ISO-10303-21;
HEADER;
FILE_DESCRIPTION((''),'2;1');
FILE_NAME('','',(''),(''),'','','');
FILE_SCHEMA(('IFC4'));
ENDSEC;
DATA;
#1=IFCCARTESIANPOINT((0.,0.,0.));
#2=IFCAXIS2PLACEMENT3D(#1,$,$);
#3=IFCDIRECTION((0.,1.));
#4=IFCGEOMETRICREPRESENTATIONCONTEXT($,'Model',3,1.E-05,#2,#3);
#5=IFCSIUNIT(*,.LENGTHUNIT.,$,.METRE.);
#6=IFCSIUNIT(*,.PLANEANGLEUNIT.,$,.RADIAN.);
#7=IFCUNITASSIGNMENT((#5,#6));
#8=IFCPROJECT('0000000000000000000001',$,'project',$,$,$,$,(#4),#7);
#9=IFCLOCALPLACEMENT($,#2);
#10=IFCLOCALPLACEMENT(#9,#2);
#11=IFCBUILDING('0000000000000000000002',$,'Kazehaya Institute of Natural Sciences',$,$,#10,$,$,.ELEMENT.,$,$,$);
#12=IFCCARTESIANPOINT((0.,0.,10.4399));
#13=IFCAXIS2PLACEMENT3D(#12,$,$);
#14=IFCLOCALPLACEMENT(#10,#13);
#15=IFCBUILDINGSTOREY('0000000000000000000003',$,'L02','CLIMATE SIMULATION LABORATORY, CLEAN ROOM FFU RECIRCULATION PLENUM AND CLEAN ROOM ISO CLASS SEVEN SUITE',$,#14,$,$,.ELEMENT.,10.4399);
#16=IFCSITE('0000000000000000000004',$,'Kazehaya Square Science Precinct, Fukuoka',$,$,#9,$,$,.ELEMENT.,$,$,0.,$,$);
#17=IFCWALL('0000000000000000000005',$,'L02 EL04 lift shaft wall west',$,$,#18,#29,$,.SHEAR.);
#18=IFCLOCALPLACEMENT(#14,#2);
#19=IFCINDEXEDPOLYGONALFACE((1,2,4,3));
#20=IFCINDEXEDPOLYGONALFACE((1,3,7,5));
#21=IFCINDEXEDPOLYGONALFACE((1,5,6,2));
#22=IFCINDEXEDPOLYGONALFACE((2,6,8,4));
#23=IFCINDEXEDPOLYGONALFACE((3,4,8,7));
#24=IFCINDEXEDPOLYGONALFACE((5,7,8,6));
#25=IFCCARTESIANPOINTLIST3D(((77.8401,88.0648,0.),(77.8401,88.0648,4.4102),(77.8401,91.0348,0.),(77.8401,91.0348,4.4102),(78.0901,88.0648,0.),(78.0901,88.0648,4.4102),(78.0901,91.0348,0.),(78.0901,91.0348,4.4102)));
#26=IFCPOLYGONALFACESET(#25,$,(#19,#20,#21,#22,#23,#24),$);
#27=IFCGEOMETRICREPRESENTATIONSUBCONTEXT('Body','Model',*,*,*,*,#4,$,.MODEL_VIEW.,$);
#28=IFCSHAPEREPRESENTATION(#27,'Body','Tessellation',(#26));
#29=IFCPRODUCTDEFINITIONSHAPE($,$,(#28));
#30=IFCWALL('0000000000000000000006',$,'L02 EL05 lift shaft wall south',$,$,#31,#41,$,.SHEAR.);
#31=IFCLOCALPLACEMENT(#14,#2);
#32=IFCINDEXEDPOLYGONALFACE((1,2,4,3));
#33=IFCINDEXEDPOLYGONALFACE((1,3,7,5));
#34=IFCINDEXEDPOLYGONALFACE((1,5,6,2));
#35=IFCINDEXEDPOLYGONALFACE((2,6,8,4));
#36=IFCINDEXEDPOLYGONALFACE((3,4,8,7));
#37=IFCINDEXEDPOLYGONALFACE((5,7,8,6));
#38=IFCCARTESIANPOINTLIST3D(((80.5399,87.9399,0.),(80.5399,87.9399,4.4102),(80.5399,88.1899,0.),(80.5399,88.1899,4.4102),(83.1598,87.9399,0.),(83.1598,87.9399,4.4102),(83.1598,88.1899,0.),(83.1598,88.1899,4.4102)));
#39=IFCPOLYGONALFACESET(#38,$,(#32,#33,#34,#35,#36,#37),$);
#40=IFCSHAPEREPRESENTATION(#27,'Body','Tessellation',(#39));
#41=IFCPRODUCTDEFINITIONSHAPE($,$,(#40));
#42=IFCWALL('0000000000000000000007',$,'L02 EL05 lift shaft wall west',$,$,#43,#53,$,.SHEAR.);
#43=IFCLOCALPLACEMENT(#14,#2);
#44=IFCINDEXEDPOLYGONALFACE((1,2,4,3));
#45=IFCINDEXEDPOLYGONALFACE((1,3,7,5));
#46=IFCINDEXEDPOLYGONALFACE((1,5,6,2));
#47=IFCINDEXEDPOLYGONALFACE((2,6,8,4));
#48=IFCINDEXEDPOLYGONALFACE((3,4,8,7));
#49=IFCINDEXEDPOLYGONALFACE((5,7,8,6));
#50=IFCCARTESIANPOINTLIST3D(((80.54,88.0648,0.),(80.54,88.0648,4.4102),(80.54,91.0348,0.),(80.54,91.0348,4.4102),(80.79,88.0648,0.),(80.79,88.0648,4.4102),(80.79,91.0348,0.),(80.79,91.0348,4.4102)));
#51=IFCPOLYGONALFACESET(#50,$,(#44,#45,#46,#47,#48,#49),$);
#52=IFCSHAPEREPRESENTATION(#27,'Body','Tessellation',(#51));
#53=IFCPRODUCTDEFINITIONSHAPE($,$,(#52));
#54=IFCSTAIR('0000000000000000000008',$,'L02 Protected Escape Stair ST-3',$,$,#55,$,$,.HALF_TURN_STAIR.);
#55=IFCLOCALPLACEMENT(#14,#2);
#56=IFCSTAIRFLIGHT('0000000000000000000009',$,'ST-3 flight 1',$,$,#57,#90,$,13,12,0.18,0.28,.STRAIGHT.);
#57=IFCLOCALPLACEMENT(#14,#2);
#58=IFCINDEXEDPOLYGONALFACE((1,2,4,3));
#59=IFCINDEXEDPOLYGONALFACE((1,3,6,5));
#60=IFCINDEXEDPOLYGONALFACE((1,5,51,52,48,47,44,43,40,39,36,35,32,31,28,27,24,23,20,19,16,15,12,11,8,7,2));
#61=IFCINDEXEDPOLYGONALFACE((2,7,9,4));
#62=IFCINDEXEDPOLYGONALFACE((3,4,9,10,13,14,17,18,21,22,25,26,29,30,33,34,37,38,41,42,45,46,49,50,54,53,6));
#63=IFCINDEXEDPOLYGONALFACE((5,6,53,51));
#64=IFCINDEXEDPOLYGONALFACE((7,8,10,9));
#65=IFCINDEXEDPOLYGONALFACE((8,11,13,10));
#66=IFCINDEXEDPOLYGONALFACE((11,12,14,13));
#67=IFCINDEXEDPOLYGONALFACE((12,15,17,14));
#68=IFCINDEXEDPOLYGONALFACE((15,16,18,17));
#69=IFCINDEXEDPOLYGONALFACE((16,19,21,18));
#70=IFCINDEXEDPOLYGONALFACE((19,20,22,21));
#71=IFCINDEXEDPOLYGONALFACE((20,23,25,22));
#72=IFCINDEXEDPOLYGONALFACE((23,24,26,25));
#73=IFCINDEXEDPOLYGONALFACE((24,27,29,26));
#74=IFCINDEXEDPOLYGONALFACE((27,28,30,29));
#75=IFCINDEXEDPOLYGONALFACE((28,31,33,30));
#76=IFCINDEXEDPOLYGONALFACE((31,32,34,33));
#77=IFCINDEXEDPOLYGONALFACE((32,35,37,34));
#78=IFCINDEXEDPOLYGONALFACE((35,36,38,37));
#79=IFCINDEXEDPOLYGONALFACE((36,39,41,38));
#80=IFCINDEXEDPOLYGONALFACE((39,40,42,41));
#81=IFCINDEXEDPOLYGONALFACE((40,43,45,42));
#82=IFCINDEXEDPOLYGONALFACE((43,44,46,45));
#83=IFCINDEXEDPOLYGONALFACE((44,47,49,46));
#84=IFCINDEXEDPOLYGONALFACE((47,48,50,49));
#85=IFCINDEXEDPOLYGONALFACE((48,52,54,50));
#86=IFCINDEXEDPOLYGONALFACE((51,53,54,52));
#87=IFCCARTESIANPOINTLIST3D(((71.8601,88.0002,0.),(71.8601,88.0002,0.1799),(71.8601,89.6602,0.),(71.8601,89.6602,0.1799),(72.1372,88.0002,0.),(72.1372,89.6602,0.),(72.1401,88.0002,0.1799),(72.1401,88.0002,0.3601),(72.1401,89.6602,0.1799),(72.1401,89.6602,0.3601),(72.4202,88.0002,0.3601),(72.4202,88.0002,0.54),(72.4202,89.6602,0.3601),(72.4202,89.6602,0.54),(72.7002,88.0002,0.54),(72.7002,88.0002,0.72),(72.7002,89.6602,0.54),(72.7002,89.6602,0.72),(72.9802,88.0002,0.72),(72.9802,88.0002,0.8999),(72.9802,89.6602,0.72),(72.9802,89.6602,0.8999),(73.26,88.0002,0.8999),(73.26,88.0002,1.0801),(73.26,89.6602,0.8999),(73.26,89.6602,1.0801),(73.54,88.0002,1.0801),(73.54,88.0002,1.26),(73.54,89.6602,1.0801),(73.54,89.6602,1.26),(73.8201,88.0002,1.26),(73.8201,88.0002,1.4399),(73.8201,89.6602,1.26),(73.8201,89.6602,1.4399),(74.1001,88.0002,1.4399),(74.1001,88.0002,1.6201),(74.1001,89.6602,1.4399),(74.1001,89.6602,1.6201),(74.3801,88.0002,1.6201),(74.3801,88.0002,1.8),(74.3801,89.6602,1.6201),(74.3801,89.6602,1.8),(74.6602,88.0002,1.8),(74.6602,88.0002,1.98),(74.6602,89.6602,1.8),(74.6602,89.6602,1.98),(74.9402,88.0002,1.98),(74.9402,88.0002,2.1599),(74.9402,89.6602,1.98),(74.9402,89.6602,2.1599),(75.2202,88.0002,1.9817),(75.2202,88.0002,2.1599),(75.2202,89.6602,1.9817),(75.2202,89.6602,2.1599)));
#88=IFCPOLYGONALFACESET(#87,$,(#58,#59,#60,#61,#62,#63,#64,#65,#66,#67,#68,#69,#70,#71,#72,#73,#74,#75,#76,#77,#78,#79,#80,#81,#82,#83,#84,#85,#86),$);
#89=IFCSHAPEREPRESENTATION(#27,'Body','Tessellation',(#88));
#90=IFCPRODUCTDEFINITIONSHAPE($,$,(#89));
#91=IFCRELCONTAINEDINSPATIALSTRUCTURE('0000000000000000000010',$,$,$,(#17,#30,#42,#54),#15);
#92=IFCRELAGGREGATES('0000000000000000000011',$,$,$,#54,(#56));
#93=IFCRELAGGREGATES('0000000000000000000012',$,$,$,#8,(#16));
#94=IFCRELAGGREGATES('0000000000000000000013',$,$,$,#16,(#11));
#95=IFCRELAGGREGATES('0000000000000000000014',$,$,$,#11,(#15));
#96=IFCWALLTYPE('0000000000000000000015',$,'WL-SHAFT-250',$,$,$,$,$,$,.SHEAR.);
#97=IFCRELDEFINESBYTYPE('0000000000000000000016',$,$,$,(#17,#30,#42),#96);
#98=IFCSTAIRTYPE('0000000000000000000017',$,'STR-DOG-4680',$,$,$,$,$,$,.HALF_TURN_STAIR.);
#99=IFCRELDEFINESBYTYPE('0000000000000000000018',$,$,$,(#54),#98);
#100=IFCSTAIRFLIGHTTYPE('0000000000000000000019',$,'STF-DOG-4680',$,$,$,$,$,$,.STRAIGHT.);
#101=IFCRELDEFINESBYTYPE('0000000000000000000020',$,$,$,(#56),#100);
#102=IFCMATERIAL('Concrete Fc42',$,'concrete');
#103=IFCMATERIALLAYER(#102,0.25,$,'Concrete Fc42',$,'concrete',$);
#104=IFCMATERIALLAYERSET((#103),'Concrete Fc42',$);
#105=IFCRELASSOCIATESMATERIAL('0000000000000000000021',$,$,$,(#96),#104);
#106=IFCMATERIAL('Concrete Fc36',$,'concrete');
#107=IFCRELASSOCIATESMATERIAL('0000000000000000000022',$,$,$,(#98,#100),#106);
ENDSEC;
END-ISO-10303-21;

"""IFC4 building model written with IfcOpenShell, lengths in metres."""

from ifc_helpers import new_model, si_unit, direction, frame, frame_2d, origin, place, context, subcontext, project, spatial, polyline, rectangle, outline, extrude, material, layer, layer_set, type_object, element, aggregate, save


model = new_model("IFC4")

# Units and contexts
model_context = context("Model", 3, precision=1e-05, world=origin(), true_north=direction((0.0, 1.0)))
body_context = subcontext(model_context, "Body", "Model", "MODEL_VIEW")
ifc_project = project(units=[si_unit("LENGTHUNIT", "METRE"), si_unit("PLANEANGLEUNIT", "RADIAN")], contexts=[model_context])

# Site, building, storey
site_placement = place(None, origin())
site = spatial("IfcSite", under=ifc_project, at=site_placement, Name="Kazehaya Square Science Precinct, Fukuoka", CompositionType="ELEMENT", RefElevation=0.0)
building_placement = place(site_placement, origin())
building = spatial("IfcBuilding", under=site, at=building_placement, Name="Kazehaya Institute of Natural Sciences", CompositionType="ELEMENT")
storey_placement = place(building_placement, frame((0.0, 0.0, 10.4399)))
storey = spatial("IfcBuildingStorey", under=building, at=storey_placement, Name="L02", Description="CLIMATE SIMULATION LABORATORY, CLEAN ROOM FFU RECIRCULATION PLENUM AND CLEAN ROOM ISO CLASS SEVEN SUITE", CompositionType="ELEMENT", Elevation=10.4399)

# Shared definitions
ifc_material_1 = material(Name="Concrete Fc42", Category="concrete")

# Shared definitions
ifc_material_2 = material(Name="Concrete Fc36", Category="concrete")

# Walls
ifc_layer_1 = layer(ifc_material_1, 0.25, Name="Concrete Fc42", Category="concrete")
ifc_layer_set_1 = layer_set([ifc_layer_1], Name="Concrete Fc42")
wall_type_1 = type_object("IfcWallType", Name="WL-SHAFT-250", PredefinedType="SHEAR", material=ifc_layer_set_1)
wall_1_placement = place(storey_placement, frame((77.9651, 88.0649, 0.0), z_axis=(0.0, 0.0, 1.0), x_axis=(0.0, 1.0, 0.0)))
element("IfcWall", 1, at=wall_1_placement, inside=storey, type_object=wall_type_1, Name="L02 EL04 lift shaft wall west", PredefinedType="SHEAR", context=body_context, shape_type="SweptSolid", body=[
    extrude(rectangle(XDim=2.97, YDim=0.25, at=frame_2d((1.4849, 0.0))), origin(), (0.0, 0.0, 1.0), 4.4102),
])
wall_2_placement = place(storey_placement, frame((83.1599, 88.0649, 0.0), z_axis=(0.0, 0.0, 1.0), x_axis=(-1.0, 0.0, 0.0)))
element("IfcWall", 2, at=wall_2_placement, inside=storey, type_object=wall_type_1, Name="L02 EL05 lift shaft wall south", PredefinedType="SHEAR", context=body_context, shape_type="SweptSolid", body=[
    extrude(rectangle(XDim=2.6199, YDim=0.25, at=frame_2d((1.3101, 0.0))), origin(), (0.0, 0.0, 1.0), 4.4102),
])
wall_3_placement = place(storey_placement, frame((80.665, 88.0649, 0.0), z_axis=(0.0, 0.0, 1.0), x_axis=(0.0, 1.0, 0.0)))
element("IfcWall", 3, at=wall_3_placement, inside=storey, type_object=wall_type_1, Name="L02 EL05 lift shaft wall west", PredefinedType="SHEAR", context=body_context, shape_type="SweptSolid", body=[
    extrude(rectangle(XDim=2.97, YDim=0.25, at=frame_2d((1.4849, 0.0))), origin(), (0.0, 0.0, 1.0), 4.4102),
])

# Stair, stair flight
stair_type = type_object("IfcStairType", Name="STR-DOG-4680", PredefinedType="HALF_TURN_STAIR", material=ifc_material_2)
stair_placement = place(storey_placement, origin())
stair = element("IfcStair", 4, at=stair_placement, inside=storey, type_object=stair_type, Name="L02 Protected Escape Stair ST-3", PredefinedType="HALF_TURN_STAIR")
stair_flight_type = type_object("IfcStairFlightType", Name="STF-DOG-4680", PredefinedType="STRAIGHT", material=ifc_material_2)
stair_flight_placement = place(storey_placement, frame((71.8601, 88.8301, 0.0), z_axis=(0.0, 0.0, 1.0), x_axis=(1.0, 0.0, 0.0)))
stair_flight = element("IfcStairFlight", 5, at=stair_flight_placement, type_object=stair_flight_type, Name="ST-3 flight 1", NumberOfRisers=13, NumberOfTreads=12, PredefinedType="STRAIGHT", RiserHeight=0.18, TreadLength=0.28, context=body_context, shape_type="SweptSolid", body=[
    extrude(outline(polyline([(0.0, 0.0), (0.0, 0.1799), (0.28, 0.1799), (0.28, 0.3601), (0.5601, 0.3601), (0.5601, 0.54), (0.8401, 0.54), (0.8401, 0.72), (1.1201, 0.72), (1.1201, 0.8999), (1.3999, 0.8999), (1.3999, 1.0801), (1.6799, 1.0801), (1.6799, 1.26), (1.96, 1.26), (1.96, 1.4399), (2.24, 1.4399), (2.24, 1.6201), (2.52, 1.6201), (2.52, 1.8), (2.8, 1.8), (2.8, 1.98), (3.0801, 1.98), (3.0801, 2.1599), (3.3601, 2.1599), (3.3601, 2.3401), (3.3601, 1.9817), (0.2771, 0.0), (0.0, 0.0)])), frame((0.0, 0.8301, 0.0), z_axis=(0.0, -1.0, 0.0), x_axis=(1.0, 0.0, 0.0)), (0.0, 0.0, 1.0), 1.6599),
])
aggregate(stair, [stair_flight])

save(model, "model.ifc")
